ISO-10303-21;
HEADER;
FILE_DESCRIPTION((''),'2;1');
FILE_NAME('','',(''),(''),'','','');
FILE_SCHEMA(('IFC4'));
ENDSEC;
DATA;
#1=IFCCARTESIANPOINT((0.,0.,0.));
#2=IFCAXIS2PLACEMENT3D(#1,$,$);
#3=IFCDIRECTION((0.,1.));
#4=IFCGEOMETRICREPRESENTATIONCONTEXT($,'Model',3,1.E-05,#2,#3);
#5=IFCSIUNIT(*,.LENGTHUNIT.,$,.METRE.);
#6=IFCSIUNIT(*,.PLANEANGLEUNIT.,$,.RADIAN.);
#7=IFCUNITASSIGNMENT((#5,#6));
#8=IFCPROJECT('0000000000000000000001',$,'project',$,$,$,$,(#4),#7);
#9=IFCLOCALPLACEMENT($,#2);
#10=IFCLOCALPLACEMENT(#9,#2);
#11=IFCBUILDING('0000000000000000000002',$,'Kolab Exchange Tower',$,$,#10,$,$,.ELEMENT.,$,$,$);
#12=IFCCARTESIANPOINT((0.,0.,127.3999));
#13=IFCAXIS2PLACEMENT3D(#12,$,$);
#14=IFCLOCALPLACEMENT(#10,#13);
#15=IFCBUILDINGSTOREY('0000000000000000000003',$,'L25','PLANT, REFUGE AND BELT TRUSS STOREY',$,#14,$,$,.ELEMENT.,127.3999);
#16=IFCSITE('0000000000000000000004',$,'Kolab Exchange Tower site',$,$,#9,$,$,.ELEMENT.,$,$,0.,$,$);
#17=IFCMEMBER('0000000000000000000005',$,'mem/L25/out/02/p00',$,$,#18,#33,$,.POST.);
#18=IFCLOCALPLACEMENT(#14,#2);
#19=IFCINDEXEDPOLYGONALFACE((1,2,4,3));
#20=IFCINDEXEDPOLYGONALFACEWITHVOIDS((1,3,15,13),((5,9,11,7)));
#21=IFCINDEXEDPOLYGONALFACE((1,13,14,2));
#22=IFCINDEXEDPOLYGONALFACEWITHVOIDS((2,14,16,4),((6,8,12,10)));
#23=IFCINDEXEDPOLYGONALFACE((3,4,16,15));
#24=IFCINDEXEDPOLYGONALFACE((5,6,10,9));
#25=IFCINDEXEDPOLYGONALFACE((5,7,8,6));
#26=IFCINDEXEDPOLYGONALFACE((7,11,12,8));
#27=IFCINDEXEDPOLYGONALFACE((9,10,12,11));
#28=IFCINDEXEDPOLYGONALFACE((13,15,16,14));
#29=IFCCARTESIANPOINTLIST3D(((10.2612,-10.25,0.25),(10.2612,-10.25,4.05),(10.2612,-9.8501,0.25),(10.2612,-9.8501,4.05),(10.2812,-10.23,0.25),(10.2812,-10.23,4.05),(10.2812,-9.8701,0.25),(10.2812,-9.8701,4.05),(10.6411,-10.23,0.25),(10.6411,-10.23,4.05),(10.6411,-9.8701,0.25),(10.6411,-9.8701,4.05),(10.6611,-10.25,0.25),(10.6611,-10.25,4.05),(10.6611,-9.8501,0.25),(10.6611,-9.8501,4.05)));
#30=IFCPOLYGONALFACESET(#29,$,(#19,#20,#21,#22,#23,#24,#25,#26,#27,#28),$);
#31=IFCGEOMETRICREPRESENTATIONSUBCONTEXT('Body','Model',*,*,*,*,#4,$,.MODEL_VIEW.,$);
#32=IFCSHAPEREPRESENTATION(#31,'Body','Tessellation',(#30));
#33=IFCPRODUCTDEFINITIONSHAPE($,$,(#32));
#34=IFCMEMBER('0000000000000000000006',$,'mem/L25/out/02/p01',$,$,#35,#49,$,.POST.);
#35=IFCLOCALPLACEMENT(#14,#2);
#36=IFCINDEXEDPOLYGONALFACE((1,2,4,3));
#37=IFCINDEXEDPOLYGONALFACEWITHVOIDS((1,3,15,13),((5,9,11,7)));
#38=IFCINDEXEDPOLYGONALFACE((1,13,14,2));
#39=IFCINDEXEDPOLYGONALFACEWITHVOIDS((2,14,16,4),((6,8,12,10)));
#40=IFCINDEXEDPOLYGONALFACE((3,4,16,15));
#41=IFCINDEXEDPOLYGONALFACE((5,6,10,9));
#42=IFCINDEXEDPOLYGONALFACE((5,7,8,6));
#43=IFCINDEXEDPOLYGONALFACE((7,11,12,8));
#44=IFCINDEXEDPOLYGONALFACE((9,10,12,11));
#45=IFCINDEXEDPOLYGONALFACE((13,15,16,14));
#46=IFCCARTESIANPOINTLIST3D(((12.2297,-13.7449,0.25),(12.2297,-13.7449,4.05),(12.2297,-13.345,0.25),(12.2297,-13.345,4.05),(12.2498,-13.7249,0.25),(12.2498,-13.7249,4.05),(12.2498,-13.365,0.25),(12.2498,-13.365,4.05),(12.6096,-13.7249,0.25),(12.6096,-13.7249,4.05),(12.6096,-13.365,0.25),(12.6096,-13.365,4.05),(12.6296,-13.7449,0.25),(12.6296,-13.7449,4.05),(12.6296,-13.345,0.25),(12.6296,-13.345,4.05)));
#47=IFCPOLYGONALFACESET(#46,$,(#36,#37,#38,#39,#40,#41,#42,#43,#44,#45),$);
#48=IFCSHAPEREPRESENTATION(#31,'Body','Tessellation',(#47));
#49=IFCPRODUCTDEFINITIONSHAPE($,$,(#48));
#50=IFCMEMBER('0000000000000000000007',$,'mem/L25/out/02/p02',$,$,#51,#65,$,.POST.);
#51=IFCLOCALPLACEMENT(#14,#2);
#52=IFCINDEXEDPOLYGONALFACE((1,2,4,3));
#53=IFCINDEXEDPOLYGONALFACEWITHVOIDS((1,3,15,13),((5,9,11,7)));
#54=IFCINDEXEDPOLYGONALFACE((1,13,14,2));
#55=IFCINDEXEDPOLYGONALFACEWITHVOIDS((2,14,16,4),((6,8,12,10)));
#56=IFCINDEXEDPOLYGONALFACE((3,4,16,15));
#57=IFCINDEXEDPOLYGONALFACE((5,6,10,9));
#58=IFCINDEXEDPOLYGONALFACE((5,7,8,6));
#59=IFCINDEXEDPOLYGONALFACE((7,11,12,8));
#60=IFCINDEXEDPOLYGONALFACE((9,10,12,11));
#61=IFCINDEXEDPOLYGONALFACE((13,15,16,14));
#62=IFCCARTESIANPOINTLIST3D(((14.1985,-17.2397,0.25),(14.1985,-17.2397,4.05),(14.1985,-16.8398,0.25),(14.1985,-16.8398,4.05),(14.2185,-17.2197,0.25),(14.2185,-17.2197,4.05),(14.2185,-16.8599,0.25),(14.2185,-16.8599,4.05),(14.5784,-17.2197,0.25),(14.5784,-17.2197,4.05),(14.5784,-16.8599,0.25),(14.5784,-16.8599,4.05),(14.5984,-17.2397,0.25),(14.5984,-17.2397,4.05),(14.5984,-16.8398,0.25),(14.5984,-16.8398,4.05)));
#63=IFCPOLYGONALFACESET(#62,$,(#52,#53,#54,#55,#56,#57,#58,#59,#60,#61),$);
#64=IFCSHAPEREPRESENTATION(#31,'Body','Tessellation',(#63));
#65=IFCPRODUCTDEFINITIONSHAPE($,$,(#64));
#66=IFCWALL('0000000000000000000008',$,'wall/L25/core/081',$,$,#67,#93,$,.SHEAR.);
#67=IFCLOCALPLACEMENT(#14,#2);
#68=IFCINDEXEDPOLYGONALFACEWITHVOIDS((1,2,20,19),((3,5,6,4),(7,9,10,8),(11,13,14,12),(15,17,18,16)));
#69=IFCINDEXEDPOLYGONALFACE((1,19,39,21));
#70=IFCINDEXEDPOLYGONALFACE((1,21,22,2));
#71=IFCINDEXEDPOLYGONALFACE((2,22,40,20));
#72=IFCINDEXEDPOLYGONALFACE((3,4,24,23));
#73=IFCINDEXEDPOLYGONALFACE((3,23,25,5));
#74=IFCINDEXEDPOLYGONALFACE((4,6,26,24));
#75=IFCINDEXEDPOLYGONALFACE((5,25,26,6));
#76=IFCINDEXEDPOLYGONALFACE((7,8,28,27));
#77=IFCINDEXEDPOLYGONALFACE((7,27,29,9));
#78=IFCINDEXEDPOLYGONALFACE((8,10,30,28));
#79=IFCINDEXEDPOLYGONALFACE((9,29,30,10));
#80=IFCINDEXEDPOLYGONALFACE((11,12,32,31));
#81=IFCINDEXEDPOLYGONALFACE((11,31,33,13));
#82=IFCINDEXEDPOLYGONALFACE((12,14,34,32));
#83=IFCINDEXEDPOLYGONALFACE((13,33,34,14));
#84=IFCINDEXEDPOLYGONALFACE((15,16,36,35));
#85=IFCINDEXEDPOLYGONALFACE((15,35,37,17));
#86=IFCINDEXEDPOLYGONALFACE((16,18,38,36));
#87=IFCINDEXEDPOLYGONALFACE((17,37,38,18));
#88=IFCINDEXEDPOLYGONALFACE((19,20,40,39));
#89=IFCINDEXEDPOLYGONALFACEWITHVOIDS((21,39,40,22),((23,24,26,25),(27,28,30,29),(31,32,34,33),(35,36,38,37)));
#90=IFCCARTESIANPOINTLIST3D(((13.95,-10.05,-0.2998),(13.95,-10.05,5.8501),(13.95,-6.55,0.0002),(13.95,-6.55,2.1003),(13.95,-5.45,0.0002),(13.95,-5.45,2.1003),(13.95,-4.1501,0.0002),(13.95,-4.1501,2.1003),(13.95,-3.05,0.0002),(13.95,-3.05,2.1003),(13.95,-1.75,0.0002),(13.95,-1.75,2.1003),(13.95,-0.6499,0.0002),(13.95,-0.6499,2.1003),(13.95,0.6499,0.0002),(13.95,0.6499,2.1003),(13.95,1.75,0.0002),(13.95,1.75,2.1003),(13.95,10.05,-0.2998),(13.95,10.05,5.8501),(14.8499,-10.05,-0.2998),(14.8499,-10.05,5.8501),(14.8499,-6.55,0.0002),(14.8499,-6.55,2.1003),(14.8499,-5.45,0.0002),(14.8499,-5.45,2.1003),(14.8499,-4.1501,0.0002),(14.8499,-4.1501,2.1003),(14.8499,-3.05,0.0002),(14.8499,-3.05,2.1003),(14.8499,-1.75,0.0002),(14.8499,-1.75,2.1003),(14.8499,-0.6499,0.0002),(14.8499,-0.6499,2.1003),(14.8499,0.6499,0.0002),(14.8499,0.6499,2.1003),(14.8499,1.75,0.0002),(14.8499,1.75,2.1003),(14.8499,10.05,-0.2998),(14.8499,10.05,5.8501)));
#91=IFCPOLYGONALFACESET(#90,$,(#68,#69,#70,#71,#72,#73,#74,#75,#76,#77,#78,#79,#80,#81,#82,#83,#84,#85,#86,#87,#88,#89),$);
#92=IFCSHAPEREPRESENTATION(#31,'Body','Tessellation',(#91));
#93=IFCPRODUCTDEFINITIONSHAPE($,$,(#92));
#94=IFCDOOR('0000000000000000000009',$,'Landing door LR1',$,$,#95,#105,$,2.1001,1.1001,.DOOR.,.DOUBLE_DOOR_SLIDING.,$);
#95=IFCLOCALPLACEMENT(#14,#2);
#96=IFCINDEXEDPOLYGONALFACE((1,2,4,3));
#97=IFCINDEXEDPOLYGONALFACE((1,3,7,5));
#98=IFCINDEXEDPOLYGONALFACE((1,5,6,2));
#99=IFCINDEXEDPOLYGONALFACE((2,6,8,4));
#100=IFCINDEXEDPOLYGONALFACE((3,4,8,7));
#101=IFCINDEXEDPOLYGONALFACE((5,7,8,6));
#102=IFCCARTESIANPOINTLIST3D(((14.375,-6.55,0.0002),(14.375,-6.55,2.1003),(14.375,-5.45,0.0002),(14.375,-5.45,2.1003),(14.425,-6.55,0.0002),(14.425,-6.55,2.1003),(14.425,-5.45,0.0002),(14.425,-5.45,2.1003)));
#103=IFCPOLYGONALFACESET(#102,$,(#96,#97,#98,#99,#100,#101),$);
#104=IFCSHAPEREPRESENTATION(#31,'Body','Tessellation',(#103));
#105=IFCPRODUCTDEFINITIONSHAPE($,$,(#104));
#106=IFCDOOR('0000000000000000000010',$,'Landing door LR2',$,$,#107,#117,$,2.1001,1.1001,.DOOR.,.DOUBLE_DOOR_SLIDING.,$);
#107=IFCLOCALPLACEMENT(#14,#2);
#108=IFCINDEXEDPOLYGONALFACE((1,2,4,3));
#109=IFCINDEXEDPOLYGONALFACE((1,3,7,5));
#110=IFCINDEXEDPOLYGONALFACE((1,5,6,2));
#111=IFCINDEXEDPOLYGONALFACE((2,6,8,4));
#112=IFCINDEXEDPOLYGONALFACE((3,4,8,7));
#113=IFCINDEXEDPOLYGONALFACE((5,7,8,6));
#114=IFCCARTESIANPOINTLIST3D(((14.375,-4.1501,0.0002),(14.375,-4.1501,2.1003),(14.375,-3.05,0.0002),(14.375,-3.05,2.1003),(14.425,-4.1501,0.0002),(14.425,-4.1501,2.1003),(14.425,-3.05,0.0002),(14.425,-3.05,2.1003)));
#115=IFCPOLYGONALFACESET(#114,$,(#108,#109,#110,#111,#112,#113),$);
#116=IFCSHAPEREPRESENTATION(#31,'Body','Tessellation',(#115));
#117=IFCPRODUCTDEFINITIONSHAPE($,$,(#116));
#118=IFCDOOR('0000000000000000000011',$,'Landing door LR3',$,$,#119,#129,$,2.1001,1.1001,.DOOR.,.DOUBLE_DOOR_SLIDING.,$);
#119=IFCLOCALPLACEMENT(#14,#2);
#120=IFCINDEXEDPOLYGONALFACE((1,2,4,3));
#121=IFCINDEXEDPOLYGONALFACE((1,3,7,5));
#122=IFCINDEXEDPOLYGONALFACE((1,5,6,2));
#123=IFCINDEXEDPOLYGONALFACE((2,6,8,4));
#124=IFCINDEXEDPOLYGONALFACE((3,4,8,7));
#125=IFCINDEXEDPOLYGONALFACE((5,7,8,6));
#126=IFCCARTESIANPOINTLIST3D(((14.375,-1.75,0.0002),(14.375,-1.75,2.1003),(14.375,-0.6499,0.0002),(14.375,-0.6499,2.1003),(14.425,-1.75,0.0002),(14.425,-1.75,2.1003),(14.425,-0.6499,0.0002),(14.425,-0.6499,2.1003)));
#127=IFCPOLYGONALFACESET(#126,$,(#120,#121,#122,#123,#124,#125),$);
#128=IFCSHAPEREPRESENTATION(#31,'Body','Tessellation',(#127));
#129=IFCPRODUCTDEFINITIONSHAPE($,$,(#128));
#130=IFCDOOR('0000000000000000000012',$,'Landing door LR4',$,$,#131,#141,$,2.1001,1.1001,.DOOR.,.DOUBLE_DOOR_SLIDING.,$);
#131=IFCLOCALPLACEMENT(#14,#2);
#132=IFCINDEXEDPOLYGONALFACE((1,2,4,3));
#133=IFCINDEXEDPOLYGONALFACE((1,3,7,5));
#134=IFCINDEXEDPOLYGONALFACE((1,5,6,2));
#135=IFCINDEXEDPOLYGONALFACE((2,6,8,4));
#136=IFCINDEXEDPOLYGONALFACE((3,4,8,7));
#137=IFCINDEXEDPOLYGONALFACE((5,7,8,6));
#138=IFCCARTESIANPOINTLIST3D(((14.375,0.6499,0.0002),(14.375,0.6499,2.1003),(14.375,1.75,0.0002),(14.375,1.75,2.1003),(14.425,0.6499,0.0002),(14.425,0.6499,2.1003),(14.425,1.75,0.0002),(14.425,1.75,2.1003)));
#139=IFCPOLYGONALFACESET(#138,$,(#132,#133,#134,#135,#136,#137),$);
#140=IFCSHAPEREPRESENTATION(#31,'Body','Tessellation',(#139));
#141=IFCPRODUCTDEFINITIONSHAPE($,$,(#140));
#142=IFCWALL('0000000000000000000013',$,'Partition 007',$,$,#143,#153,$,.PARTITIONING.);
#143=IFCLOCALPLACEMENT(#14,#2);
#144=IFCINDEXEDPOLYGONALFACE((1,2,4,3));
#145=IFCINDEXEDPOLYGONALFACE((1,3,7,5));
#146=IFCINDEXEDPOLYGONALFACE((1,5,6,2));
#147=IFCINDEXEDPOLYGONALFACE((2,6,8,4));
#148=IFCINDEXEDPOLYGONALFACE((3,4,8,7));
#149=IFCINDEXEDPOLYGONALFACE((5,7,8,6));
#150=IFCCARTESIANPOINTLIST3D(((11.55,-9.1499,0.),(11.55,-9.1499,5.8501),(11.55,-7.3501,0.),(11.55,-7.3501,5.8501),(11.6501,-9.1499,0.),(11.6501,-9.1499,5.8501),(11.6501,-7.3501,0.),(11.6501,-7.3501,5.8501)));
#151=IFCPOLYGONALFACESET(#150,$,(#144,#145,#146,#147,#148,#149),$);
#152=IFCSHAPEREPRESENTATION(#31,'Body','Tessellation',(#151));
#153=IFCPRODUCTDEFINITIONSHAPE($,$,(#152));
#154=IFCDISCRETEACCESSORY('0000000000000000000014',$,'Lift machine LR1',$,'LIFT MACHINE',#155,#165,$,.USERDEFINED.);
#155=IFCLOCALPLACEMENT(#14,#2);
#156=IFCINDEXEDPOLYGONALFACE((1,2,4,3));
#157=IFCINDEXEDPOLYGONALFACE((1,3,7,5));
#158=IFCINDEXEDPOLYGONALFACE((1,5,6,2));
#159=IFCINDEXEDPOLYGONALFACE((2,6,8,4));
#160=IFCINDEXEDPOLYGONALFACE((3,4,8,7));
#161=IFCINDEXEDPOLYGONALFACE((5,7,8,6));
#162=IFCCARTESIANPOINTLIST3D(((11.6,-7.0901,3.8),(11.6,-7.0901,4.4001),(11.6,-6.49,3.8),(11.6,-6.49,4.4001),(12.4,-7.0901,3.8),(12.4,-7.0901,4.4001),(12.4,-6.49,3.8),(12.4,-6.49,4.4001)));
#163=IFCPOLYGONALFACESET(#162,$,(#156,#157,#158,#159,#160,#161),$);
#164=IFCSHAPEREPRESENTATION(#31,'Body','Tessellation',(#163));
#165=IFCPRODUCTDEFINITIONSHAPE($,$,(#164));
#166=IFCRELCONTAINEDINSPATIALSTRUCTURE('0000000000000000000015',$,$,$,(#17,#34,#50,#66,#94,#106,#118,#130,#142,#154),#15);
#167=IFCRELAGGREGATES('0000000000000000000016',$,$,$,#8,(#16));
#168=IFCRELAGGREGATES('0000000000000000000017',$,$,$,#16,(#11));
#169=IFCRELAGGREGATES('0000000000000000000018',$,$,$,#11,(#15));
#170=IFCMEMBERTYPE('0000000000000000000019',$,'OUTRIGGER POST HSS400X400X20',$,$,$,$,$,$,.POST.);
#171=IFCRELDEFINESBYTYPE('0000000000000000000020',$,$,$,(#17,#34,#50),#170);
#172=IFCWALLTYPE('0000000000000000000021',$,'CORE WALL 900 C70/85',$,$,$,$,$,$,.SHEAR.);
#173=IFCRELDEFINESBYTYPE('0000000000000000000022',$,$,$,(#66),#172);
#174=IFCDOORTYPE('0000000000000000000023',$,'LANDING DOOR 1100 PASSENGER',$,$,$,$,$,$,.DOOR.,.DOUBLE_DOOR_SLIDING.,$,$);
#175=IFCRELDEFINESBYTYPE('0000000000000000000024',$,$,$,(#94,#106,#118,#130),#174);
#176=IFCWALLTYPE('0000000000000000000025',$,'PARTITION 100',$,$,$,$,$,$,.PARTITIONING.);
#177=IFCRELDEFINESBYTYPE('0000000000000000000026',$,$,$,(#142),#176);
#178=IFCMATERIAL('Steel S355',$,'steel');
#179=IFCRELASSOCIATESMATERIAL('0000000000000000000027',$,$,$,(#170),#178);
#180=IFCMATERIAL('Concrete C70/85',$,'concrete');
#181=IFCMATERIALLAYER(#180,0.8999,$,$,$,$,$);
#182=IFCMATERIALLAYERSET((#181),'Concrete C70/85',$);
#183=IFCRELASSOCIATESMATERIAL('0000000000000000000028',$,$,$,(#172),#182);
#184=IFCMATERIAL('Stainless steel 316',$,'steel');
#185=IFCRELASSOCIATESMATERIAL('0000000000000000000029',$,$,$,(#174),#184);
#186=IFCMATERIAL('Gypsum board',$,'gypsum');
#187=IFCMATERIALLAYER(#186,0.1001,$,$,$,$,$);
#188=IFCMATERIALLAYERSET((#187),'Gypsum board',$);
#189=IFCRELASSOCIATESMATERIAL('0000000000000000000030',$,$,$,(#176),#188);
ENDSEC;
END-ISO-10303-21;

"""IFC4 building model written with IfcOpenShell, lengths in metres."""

from ifc_helpers import new_model, si_unit, direction, frame, frame_2d, origin, origin_2d, place, context, subcontext, project, spatial, rectangle, hollow_rectangle, extrude, material, layer, layer_set, material_profile, profile_set, type_object, element, fill, save


model = new_model("IFC4")

# Units and contexts
model_context = context("Model", 3, precision=1e-05, world=origin(), true_north=direction((0.0, 1.0)))
body_context = subcontext(model_context, "Body", "Model", "MODEL_VIEW")
ifc_project = project(units=[si_unit("LENGTHUNIT", "METRE"), si_unit("PLANEANGLEUNIT", "RADIAN")], contexts=[model_context])

# Site, building, storey
site_placement = place(None, origin())
site = spatial("IfcSite", under=ifc_project, at=site_placement, Name="Kolab Exchange Tower site", CompositionType="ELEMENT", RefElevation=0.0)
building_placement = place(site_placement, origin())
building = spatial("IfcBuilding", under=site, at=building_placement, Name="Kolab Exchange Tower", CompositionType="ELEMENT")
storey_placement = place(building_placement, frame((0.0, 0.0, 127.3999)))
storey = spatial("IfcBuildingStorey", under=building, at=storey_placement, Name="L25", Description="PLANT, REFUGE AND BELT TRUSS STOREY", CompositionType="ELEMENT", Elevation=127.3999)

# Shared definitions
ifc_material_1 = material(Name="Steel S355", Category="steel")

# Members
ifc_material_profile_1 = material_profile(ifc_material_1, hollow_rectangle(XDim=0.3999, YDim=0.3999, WallThickness=0.02, at=origin_2d()), Name="HSS400X400X20")
ifc_profile_set_1 = profile_set([ifc_material_profile_1], Name="Steel S355")
member_type_1 = type_object("IfcMemberType", Name="OUTRIGGER POST HSS400X400X20", PredefinedType="POST", material=ifc_profile_set_1)
for number, where, z_axis, x_axis, name in (
    (1, (10.4612, -10.05, 0.25), (0.0, 0.0, 1.0), (1.0, 0.0, 0.0), "mem/L25/out/02/p00"),
    (2, (12.4297, -13.5449, 0.25), (0.0, 0.0, 1.0), (1.0, 0.0, 0.0), "mem/L25/out/02/p01"),
    (3, (14.3984, -17.0398, 0.25), (0.0, 0.0, 1.0), (1.0, 0.0, 0.0), "mem/L25/out/02/p02"),
):
    element("IfcMember", number, at=place(storey_placement, frame(where, z_axis=z_axis, x_axis=x_axis)), inside=storey, type_object=member_type_1, Name=name, PredefinedType="POST", context=body_context, shape_type="SweptSolid", body=[
        extrude(hollow_rectangle(XDim=0.3999, YDim=0.3999, WallThickness=0.02, at=origin_2d()), origin(), (0.0, 0.0, 1.0), 3.8),
    ])

# Wall, openings, doors
ifc_material_2 = material(Name="Concrete C70/85", Category="concrete")
ifc_layer_1 = layer(ifc_material_2, 0.8999)
ifc_layer_set_1 = layer_set([ifc_layer_1], Name="Concrete C70/85")
wall_type_1 = type_object("IfcWallType", Name="CORE WALL 900 C70/85", PredefinedType="SHEAR", material=ifc_layer_set_1)
wall_1_placement = place(storey_placement, frame((14.3999, -10.05, -0.2998), z_axis=(0.0, 0.0, 1.0), x_axis=(0.0, 1.0, 0.0)))
wall_1 = element("IfcWall", 4, at=wall_1_placement, inside=storey, type_object=wall_type_1, Name="wall/L25/core/081", PredefinedType="SHEAR", context=body_context, shape_type="SweptSolid", body=[
    extrude(rectangle(XDim=20.1001, YDim=0.8999, at=frame_2d((10.05, 0.0))), origin(), (0.0, 0.0, 1.0), 6.1499),
])
opening_1_placement = place(wall_1_placement, frame((3.5, 0.0, 0.3)))
opening_1 = element("IfcOpeningElement", 5, at=opening_1_placement, cuts=wall_1, PredefinedType="OPENING", context=body_context, shape_type="SweptSolid", body=[
    extrude(rectangle(XDim=1.1001, YDim=2.1001, at=frame_2d((0.55, 1.05))), frame((0.0, 0.46, 0.0), z_axis=(0.0, -1.0, 0.0), x_axis=(1.0, 0.0, 0.0)), (0.0, 0.0, 1.0), 0.9199),
])
opening_2_placement = place(wall_1_placement, frame((5.8999, 0.0, 0.3)))
opening_2 = element("IfcOpeningElement", 6, at=opening_2_placement, cuts=wall_1, PredefinedType="OPENING", context=body_context, shape_type="SweptSolid", body=[
    extrude(rectangle(XDim=1.1001, YDim=2.1001, at=frame_2d((0.55, 1.05))), frame((0.0, 0.46, 0.0), z_axis=(0.0, -1.0, 0.0), x_axis=(1.0, 0.0, 0.0)), (0.0, 0.0, 1.0), 0.9199),
])
opening_3_placement = place(wall_1_placement, frame((8.3, 0.0, 0.3)))
opening_3 = element("IfcOpeningElement", 7, at=opening_3_placement, cuts=wall_1, PredefinedType="OPENING", context=body_context, shape_type="SweptSolid", body=[
    extrude(rectangle(XDim=1.1001, YDim=2.1001, at=frame_2d((0.55, 1.05))), frame((0.0, 0.46, 0.0), z_axis=(0.0, -1.0, 0.0), x_axis=(1.0, 0.0, 0.0)), (0.0, 0.0, 1.0), 0.9199),
])
opening_4_placement = place(wall_1_placement, frame((10.7, 0.0, 0.3)))
opening_4 = element("IfcOpeningElement", 8, at=opening_4_placement, cuts=wall_1, PredefinedType="OPENING", context=body_context, shape_type="SweptSolid", body=[
    extrude(rectangle(XDim=1.1001, YDim=2.1001, at=frame_2d((0.55, 1.05))), frame((0.0, 0.46, 0.0), z_axis=(0.0, -1.0, 0.0), x_axis=(1.0, 0.0, 0.0)), (0.0, 0.0, 1.0), 0.9199),
])
ifc_material_3 = material(Name="Stainless steel 316", Category="steel")
door_type = type_object("IfcDoorType", Name="LANDING DOOR 1100 PASSENGER", OperationType="DOUBLE_DOOR_SLIDING", PredefinedType="DOOR", material=ifc_material_3)
door_1_placement = place(opening_1_placement, origin())
door_1 = element("IfcDoor", 9, at=door_1_placement, inside=storey, type_object=door_type, Name="Landing door LR1", OperationType="DOUBLE_DOOR_SLIDING", OverallHeight=2.1001, OverallWidth=1.1001, PredefinedType="DOOR", context=body_context, shape_type="SweptSolid", body=[
    extrude(rectangle(XDim=1.1001, YDim=2.1001, at=frame_2d((0.55, 1.05))), frame((0.0, 0.0249, 0.0), z_axis=(0.0, -1.0, 0.0), x_axis=(1.0, 0.0, 0.0)), (0.0, 0.0, 1.0), 0.05),
])
fill(opening_1, door_1)
door_2_placement = place(opening_2_placement, origin())
door_2 = element("IfcDoor", 10, at=door_2_placement, inside=storey, type_object=door_type, Name="Landing door LR2", OperationType="DOUBLE_DOOR_SLIDING", OverallHeight=2.1001, OverallWidth=1.1001, PredefinedType="DOOR", context=body_context, shape_type="SweptSolid", body=[
    extrude(rectangle(XDim=1.1001, YDim=2.1001, at=frame_2d((0.55, 1.05))), frame((0.0, 0.0249, 0.0), z_axis=(0.0, -1.0, 0.0), x_axis=(1.0, 0.0, 0.0)), (0.0, 0.0, 1.0), 0.05),
])
fill(opening_2, door_2)
door_3_placement = place(opening_3_placement, origin())
door_3 = element("IfcDoor", 11, at=door_3_placement, inside=storey, type_object=door_type, Name="Landing door LR3", OperationType="DOUBLE_DOOR_SLIDING", OverallHeight=2.1001, OverallWidth=1.1001, PredefinedType="DOOR", context=body_context, shape_type="SweptSolid", body=[
    extrude(rectangle(XDim=1.1001, YDim=2.1001, at=frame_2d((0.55, 1.05))), frame((0.0, 0.0249, 0.0), z_axis=(0.0, -1.0, 0.0), x_axis=(1.0, 0.0, 0.0)), (0.0, 0.0, 1.0), 0.05),
])
fill(opening_3, door_3)
door_4_placement = place(opening_4_placement, origin())
door_4 = element("IfcDoor", 12, at=door_4_placement, inside=storey, type_object=door_type, Name="Landing door LR4", OperationType="DOUBLE_DOOR_SLIDING", OverallHeight=2.1001, OverallWidth=1.1001, PredefinedType="DOOR", context=body_context, shape_type="SweptSolid", body=[
    extrude(rectangle(XDim=1.1001, YDim=2.1001, at=frame_2d((0.55, 1.05))), frame((0.0, 0.0249, 0.0), z_axis=(0.0, -1.0, 0.0), x_axis=(1.0, 0.0, 0.0)), (0.0, 0.0, 1.0), 0.05),
])
fill(opening_4, door_4)

# Wall
ifc_material_4 = material(Name="Gypsum board", Category="gypsum")
ifc_layer_2 = layer(ifc_material_4, 0.1001)
ifc_layer_set_2 = layer_set([ifc_layer_2], Name="Gypsum board")
wall_type_2 = type_object("IfcWallType", Name="PARTITION 100", PredefinedType="PARTITIONING", material=ifc_layer_set_2)
wall_2_placement = place(storey_placement, frame((11.6001, -9.1499, 0.0), z_axis=(0.0, 0.0, 1.0), x_axis=(0.0, 1.0, 0.0)))
element("IfcWall", 13, at=wall_2_placement, inside=storey, type_object=wall_type_2, Name="Partition 007", PredefinedType="PARTITIONING", context=body_context, shape_type="SweptSolid", body=[
    extrude(rectangle(XDim=1.7998, YDim=0.1001, at=frame_2d((0.8999, 0.0))), origin(), (0.0, 0.0, 1.0), 5.8501),
])

# Discrete accessory
discrete_accessory_placement = place(storey_placement, frame((12.0, -6.79, 3.8), z_axis=(0.0, 0.0, 1.0), x_axis=(1.0, 0.0, 0.0)))
element("IfcDiscreteAccessory", 14, at=discrete_accessory_placement, inside=storey, Name="Lift machine LR1", ObjectType="LIFT MACHINE", PredefinedType="USERDEFINED", context=body_context, shape_type="SweptSolid", body=[
    extrude(rectangle(XDim=0.8, YDim=0.6001, at=origin_2d()), origin(), (0.0, 0.0, 1.0), 0.6001),
])

save(model, "model.ifc")
